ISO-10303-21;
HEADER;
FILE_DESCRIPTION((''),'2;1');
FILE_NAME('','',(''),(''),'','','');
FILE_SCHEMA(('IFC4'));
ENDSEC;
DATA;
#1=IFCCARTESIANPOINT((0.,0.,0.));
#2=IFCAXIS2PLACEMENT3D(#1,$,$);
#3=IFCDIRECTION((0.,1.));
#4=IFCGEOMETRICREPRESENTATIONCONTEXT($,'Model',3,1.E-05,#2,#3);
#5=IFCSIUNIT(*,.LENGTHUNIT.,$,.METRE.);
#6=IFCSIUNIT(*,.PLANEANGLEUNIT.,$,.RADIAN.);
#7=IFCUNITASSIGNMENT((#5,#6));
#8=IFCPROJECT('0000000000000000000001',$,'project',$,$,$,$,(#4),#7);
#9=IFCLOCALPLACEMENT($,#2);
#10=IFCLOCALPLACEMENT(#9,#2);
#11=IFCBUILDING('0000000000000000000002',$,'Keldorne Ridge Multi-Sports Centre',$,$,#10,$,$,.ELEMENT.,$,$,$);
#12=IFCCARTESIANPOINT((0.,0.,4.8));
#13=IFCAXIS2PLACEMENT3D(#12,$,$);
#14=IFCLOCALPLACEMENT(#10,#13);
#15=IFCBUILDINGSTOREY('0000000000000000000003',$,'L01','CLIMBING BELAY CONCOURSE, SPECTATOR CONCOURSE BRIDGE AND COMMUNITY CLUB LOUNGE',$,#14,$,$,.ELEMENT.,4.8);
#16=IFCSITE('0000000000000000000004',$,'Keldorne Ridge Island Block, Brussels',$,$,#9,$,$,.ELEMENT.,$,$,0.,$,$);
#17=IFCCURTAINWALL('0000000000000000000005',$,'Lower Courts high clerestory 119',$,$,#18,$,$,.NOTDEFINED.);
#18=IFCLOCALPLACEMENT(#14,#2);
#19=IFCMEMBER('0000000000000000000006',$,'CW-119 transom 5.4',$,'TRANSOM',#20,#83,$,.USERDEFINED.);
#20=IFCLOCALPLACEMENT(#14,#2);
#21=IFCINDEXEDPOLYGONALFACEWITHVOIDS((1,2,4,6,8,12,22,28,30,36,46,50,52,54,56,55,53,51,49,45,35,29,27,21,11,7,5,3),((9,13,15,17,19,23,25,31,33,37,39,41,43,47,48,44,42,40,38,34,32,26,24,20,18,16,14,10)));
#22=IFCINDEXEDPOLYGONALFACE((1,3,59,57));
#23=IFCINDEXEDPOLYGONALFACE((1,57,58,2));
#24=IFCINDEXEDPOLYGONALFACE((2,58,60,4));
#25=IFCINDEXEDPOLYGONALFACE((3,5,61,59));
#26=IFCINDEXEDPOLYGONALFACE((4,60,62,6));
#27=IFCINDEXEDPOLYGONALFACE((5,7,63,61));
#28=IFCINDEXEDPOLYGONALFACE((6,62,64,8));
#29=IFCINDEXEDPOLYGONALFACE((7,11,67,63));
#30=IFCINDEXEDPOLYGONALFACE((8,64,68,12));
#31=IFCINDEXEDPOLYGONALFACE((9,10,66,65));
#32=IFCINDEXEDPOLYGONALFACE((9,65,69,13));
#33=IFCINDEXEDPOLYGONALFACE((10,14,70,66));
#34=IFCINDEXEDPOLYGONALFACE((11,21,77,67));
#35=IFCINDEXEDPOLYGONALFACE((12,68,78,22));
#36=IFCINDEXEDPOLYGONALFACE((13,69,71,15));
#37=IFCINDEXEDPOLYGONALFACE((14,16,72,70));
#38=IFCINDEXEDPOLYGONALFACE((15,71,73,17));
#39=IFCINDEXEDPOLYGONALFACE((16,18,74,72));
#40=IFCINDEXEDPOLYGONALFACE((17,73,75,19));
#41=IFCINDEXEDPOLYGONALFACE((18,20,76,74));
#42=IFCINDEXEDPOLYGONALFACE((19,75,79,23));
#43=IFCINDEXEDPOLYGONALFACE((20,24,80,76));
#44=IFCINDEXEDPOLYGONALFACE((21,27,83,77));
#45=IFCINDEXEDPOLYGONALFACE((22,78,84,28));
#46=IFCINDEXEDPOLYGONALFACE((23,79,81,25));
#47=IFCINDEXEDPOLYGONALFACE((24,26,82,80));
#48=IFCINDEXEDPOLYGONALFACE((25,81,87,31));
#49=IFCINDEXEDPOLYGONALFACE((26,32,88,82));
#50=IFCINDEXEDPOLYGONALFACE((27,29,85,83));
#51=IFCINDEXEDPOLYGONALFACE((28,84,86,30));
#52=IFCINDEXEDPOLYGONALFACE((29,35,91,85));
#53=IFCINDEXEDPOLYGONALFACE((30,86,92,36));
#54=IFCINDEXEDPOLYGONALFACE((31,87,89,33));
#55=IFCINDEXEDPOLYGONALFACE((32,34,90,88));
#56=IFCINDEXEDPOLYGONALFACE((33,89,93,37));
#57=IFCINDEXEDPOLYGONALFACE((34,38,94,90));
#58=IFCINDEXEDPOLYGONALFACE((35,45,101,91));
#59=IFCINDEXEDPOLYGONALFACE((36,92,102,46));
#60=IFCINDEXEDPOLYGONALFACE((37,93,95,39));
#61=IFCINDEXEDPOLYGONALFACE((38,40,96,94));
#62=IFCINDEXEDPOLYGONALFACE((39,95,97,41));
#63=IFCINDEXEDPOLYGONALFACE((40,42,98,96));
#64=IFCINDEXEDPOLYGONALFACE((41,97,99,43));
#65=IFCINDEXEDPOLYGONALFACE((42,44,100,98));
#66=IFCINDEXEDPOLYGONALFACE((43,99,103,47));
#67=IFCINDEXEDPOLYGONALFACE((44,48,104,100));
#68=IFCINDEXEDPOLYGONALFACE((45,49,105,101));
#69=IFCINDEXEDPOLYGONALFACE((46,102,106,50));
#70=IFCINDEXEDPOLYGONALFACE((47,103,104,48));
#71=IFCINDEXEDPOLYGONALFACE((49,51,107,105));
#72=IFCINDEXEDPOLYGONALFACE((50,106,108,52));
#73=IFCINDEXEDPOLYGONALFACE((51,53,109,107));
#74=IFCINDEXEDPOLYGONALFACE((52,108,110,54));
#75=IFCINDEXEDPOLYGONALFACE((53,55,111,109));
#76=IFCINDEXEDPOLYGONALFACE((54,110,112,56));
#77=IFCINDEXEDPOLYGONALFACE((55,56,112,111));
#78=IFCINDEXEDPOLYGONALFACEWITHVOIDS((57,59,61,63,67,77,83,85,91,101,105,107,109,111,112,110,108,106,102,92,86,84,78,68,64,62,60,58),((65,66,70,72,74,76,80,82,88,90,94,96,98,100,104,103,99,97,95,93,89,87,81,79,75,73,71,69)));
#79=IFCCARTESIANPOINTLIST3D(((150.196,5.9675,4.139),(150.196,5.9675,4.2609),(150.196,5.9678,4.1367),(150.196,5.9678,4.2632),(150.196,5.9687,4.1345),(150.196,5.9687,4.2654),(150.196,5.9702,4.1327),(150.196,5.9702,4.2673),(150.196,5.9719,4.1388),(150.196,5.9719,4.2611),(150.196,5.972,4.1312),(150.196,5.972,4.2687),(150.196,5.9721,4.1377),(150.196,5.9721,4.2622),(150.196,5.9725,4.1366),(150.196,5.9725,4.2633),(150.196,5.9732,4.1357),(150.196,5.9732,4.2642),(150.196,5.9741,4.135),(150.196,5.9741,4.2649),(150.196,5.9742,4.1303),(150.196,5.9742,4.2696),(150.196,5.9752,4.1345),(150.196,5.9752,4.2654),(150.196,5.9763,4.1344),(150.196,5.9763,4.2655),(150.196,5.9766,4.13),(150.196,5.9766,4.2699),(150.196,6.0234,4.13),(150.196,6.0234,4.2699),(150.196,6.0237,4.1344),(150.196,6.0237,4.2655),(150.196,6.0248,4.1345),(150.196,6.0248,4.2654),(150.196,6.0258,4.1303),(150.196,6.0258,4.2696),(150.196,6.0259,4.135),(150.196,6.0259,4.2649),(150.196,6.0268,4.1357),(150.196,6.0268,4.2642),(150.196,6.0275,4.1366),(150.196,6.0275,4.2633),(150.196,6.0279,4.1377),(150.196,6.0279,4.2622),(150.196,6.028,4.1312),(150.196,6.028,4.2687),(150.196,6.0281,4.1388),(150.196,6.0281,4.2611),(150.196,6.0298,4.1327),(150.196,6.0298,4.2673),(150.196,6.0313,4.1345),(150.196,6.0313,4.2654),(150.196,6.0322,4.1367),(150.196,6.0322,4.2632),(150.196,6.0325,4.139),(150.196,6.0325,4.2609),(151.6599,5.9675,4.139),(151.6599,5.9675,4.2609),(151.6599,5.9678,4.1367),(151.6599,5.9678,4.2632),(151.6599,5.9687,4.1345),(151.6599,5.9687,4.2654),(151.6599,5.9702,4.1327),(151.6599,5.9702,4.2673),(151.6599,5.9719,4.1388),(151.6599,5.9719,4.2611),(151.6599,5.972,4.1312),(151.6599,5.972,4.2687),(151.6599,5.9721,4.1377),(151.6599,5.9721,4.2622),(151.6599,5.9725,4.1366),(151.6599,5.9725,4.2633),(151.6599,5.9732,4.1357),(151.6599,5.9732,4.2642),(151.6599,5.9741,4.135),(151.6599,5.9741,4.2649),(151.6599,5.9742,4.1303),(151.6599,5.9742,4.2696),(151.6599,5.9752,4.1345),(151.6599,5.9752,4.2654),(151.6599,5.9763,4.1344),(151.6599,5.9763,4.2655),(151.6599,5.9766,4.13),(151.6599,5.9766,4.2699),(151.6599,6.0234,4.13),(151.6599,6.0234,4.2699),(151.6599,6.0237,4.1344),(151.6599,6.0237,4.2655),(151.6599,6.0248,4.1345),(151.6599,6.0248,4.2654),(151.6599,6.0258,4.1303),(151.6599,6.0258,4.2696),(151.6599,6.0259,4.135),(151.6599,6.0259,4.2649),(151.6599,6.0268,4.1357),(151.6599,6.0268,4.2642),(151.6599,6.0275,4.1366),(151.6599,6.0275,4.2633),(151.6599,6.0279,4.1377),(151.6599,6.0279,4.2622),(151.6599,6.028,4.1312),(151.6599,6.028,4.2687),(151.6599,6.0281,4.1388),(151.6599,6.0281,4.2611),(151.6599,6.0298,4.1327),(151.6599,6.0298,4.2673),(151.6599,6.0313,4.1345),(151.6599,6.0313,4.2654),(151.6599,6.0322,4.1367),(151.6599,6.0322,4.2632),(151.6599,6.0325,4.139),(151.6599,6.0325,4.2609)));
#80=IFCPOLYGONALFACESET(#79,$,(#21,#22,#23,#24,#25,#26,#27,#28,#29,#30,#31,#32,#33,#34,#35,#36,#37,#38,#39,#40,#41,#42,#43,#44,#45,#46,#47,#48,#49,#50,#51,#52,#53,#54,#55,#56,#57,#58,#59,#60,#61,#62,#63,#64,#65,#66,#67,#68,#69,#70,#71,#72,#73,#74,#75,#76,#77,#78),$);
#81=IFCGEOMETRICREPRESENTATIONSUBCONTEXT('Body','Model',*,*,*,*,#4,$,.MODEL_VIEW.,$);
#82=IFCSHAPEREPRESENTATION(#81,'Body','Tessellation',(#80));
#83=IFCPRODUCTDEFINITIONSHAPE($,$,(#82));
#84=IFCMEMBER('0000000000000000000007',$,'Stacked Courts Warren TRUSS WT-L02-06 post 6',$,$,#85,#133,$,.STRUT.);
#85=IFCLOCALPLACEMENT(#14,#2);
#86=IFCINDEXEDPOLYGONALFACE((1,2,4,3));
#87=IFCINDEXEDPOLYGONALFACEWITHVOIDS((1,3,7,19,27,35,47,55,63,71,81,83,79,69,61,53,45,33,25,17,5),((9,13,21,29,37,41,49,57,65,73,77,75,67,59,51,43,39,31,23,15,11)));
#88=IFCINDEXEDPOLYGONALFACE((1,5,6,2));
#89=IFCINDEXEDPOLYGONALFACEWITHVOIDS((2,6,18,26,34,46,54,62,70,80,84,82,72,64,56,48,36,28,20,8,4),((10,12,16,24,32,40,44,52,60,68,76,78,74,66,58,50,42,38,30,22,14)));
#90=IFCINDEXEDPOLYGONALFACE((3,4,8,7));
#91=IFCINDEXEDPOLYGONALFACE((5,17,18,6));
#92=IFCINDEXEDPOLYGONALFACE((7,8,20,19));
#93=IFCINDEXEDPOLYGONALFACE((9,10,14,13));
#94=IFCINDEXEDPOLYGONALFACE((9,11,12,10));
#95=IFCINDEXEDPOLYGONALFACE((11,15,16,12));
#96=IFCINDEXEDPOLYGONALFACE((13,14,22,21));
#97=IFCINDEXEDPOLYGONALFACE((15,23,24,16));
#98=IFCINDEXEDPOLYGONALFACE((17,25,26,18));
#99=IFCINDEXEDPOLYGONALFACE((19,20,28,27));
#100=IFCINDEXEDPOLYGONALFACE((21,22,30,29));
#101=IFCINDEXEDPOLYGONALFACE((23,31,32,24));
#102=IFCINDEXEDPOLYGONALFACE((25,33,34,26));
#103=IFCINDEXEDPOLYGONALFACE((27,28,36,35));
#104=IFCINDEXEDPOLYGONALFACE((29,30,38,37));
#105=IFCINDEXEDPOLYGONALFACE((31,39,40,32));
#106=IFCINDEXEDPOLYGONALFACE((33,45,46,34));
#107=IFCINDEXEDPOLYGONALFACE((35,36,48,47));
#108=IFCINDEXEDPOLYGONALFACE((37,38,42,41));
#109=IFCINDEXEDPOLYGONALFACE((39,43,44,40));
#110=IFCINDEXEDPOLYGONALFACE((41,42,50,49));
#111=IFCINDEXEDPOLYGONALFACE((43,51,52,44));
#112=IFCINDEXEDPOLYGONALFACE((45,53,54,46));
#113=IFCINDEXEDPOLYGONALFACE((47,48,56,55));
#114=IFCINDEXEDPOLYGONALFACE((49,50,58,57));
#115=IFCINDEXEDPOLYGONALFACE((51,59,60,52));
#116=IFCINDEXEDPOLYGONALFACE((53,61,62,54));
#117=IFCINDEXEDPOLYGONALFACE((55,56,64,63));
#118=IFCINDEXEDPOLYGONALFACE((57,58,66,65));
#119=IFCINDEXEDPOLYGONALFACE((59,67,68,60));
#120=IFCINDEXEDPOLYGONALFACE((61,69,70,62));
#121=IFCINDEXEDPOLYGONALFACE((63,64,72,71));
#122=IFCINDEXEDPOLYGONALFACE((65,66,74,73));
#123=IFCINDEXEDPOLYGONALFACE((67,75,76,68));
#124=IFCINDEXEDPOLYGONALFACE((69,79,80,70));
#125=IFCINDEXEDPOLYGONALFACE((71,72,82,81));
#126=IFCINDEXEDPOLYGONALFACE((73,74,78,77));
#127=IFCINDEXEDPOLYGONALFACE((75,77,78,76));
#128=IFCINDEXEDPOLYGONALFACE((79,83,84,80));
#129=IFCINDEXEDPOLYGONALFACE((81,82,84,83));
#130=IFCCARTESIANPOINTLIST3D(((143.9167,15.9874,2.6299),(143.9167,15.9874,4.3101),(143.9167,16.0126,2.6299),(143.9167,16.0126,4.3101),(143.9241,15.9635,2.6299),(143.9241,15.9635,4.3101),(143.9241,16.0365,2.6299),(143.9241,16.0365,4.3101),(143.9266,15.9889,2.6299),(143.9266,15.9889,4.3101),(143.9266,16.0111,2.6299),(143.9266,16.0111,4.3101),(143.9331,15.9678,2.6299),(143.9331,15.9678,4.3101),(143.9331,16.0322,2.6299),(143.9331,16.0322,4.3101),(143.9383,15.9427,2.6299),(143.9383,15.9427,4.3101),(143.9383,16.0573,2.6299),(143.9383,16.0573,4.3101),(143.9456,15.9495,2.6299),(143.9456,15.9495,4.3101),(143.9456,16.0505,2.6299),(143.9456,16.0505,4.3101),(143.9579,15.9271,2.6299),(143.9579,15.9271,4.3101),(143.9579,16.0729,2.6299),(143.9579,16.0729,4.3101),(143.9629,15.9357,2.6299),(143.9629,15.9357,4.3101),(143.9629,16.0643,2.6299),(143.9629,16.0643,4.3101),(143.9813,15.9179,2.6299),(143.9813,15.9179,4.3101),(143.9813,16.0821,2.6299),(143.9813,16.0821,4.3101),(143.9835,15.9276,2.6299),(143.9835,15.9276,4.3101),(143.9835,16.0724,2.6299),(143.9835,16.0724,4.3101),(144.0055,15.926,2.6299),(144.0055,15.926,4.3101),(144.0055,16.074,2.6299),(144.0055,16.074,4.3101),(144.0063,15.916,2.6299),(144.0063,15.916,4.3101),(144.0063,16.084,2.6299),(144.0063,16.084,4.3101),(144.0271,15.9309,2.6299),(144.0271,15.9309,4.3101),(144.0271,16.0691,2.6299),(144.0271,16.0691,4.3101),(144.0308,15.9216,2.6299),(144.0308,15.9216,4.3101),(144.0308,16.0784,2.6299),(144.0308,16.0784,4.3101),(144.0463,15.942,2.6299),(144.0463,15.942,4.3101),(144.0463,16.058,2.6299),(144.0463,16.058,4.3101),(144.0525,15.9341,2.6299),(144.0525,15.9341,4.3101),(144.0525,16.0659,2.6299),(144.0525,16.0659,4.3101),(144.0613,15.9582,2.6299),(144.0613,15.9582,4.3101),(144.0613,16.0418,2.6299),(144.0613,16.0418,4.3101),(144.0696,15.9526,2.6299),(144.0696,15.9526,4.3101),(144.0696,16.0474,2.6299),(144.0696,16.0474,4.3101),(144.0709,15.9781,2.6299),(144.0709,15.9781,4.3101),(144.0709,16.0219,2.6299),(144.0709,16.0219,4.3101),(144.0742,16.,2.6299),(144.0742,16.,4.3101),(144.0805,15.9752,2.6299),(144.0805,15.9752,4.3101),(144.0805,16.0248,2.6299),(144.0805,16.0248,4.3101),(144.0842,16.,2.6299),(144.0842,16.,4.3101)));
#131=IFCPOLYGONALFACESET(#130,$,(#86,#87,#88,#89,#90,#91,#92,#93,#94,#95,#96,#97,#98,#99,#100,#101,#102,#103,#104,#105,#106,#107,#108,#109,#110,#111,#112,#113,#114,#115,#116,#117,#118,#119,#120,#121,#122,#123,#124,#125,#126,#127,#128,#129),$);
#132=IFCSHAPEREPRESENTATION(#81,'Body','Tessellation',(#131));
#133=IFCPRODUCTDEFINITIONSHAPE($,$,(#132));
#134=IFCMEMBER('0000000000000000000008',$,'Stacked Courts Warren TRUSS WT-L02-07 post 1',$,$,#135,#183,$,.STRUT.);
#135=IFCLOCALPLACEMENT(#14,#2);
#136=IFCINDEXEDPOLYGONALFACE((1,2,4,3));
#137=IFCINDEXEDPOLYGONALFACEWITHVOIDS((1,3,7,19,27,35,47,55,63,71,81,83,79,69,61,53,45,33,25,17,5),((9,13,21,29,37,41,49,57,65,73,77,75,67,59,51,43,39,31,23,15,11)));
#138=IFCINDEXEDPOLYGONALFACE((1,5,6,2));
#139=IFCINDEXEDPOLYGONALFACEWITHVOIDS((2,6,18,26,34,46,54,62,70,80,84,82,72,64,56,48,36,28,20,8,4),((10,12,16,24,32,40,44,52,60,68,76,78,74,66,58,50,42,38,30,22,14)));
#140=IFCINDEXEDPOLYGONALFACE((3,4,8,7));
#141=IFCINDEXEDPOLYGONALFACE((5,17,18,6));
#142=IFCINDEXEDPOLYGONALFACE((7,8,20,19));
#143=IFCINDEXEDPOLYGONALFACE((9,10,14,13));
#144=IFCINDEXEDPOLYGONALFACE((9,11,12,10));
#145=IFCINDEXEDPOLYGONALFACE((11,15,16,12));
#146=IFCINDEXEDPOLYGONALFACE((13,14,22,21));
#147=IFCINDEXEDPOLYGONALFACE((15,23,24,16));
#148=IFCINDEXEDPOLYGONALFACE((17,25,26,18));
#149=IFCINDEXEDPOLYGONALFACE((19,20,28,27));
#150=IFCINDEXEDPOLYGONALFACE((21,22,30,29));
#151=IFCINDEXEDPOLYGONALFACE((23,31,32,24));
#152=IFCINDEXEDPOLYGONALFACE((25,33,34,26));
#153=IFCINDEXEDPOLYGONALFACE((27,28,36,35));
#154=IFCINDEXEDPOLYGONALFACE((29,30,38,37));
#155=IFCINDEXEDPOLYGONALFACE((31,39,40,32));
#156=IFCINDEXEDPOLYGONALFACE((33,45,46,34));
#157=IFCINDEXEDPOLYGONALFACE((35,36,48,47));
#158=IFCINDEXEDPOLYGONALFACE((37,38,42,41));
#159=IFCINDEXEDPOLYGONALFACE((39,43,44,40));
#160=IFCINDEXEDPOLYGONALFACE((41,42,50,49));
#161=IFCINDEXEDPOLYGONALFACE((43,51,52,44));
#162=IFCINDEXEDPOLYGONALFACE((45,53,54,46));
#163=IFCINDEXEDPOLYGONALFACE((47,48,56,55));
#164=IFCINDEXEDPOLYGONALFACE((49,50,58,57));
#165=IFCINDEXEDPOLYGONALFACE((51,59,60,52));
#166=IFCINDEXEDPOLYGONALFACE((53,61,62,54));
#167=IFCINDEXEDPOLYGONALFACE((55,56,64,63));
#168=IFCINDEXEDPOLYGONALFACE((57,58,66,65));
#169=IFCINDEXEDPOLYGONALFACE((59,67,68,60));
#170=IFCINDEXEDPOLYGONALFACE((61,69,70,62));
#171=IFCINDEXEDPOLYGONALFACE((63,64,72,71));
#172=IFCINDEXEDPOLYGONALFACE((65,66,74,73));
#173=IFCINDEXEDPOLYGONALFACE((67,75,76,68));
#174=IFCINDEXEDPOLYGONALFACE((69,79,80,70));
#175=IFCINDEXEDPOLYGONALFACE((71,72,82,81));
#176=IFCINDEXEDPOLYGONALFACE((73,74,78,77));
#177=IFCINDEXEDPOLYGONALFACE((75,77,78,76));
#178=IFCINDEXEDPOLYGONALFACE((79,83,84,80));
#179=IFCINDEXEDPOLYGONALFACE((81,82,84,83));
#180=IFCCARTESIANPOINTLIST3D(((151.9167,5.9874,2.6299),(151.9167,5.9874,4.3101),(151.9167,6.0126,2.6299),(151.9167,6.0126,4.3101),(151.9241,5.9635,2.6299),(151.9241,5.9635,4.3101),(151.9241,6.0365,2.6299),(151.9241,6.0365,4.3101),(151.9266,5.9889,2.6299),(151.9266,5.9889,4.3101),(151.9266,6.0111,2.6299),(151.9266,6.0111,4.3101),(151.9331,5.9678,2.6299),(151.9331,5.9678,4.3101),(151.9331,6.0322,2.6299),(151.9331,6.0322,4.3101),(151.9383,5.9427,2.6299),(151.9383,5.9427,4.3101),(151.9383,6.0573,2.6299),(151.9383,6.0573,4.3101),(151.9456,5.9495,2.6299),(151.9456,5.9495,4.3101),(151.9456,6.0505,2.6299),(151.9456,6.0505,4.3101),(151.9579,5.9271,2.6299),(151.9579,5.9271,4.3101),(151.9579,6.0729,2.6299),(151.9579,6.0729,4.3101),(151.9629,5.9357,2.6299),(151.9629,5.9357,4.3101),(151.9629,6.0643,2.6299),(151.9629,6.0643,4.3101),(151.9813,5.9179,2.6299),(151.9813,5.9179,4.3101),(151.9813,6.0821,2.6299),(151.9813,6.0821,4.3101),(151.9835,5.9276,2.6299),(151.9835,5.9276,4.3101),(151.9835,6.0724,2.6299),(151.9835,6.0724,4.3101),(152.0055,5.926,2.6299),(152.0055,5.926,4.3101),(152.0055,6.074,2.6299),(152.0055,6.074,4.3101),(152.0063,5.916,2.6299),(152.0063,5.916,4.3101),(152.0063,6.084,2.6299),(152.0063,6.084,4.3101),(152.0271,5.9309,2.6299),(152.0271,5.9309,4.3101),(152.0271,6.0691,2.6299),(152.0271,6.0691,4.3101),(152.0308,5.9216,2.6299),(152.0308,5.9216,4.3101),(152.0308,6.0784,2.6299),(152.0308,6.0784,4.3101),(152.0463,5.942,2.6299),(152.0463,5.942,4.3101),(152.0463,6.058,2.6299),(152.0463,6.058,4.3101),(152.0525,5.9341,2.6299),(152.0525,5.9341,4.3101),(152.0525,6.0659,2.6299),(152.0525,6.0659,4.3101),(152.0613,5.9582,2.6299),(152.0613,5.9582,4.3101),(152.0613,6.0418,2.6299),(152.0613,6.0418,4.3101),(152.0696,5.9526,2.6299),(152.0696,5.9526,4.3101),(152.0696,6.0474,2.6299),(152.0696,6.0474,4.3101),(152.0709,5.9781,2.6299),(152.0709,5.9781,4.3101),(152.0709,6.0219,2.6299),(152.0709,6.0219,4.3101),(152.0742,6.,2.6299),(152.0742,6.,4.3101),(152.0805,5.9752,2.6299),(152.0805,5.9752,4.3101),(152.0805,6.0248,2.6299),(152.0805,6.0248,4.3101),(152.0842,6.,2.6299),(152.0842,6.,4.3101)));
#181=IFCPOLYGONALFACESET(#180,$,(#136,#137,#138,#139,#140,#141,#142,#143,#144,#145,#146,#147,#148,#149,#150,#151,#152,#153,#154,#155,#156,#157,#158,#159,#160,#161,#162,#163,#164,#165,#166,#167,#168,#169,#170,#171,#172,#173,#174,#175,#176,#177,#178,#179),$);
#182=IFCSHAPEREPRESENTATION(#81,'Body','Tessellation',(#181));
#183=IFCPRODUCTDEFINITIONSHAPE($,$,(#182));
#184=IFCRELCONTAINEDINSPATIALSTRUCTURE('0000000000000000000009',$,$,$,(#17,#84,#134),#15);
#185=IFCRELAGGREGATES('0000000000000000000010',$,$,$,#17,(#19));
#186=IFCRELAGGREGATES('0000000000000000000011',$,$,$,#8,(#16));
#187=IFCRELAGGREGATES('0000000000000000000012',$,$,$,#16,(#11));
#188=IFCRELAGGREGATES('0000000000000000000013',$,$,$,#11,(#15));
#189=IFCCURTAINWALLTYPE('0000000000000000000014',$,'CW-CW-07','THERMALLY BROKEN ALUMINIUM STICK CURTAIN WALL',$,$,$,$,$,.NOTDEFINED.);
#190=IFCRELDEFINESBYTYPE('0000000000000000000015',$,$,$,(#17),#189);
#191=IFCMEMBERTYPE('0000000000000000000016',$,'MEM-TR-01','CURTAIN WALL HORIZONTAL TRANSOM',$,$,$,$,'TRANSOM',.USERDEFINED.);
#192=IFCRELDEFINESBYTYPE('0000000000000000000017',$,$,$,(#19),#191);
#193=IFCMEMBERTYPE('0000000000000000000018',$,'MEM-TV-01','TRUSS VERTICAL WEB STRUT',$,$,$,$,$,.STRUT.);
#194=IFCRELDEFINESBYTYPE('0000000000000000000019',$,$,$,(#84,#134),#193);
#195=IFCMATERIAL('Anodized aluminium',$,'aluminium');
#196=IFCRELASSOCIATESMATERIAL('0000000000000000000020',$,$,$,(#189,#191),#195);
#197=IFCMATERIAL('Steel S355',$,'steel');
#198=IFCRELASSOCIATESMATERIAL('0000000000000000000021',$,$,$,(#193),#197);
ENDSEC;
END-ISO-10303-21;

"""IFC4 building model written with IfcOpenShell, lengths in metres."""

from ifc_helpers import new_model, si_unit, direction, frame, origin, origin_2d, place, context, subcontext, project, spatial, hollow_rectangle, hollow_circle, extrude, material, material_profile, profile_set, type_object, element, aggregate, save


model = new_model("IFC4")

# Units and contexts
model_context = context("Model", 3, precision=1e-05, world=origin(), true_north=direction((0.0, 1.0)))
body_context = subcontext(model_context, "Body", "Model", "MODEL_VIEW")
ifc_project = project(units=[si_unit("LENGTHUNIT", "METRE"), si_unit("PLANEANGLEUNIT", "RADIAN")], contexts=[model_context])

# Site, building, storey
site_placement = place(None, origin())
site = spatial("IfcSite", under=ifc_project, at=site_placement, Name="Keldorne Ridge Island Block, Brussels", CompositionType="ELEMENT", RefElevation=0.0)
building_placement = place(site_placement, origin())
building = spatial("IfcBuilding", under=site, at=building_placement, Name="Keldorne Ridge Multi-Sports Centre", CompositionType="ELEMENT")
storey_placement = place(building_placement, frame((0.0, 0.0, 4.8)))
storey = spatial("IfcBuildingStorey", under=building, at=storey_placement, Name="L01", Description="CLIMBING BELAY CONCOURSE, SPECTATOR CONCOURSE BRIDGE AND COMMUNITY CLUB LOUNGE", CompositionType="ELEMENT", Elevation=4.8)

# Shared definitions
ifc_material_1 = material(Name="Steel S355", Category="steel")

# Curtain wall
ifc_material_2 = material(Name="Anodized aluminium", Category="aluminium")
curtain_wall_type = type_object("IfcCurtainWallType", Name="CW-CW-07", Description="THERMALLY BROKEN ALUMINIUM STICK CURTAIN WALL", PredefinedType="NOTDEFINED", material=ifc_material_2)
curtain_wall_placement = place(storey_placement, origin())
curtain_wall = element("IfcCurtainWall", 1, at=curtain_wall_placement, inside=storey, type_object=curtain_wall_type, Name="Lower Courts high clerestory 119", PredefinedType="NOTDEFINED")

# Member
ifc_material_profile_1 = material_profile(ifc_material_2, hollow_rectangle(XDim=0.0649, YDim=0.1399, WallThickness=0.0044, InnerFilletRadius=0.0044, OuterFilletRadius=0.009, at=origin_2d()), Name="ALU TRANSOM 140x65x4.5")
ifc_profile_set_1 = profile_set([ifc_material_profile_1], Name="Anodized aluminium")
member_type_1 = type_object("IfcMemberType", Name="MEM-TR-01", Description="CURTAIN WALL HORIZONTAL TRANSOM", ElementType="TRANSOM", PredefinedType="USERDEFINED", material=ifc_profile_set_1)
member_1_placement = place(storey_placement, frame((150.196, 6.0, 4.2), z_axis=(1.0, 0.0, 0.0), x_axis=(0.0, 1.0, 0.0)))
member_1 = element("IfcMember", 2, at=member_1_placement, type_object=member_type_1, Name="CW-119 transom 5.4", ObjectType="TRANSOM", PredefinedType="USERDEFINED", context=body_context, shape_type="SweptSolid", body=[
    extrude(hollow_rectangle(XDim=0.0649, YDim=0.1399, WallThickness=0.0044, InnerFilletRadius=0.0044, OuterFilletRadius=0.009, at=origin_2d()), origin(), (0.0, 0.0, 1.0), 1.4639),
])

# Members
ifc_material_profile_2 = material_profile(ifc_material_1, hollow_circle(Radius=0.0842, WallThickness=0.01, at=origin_2d()), Name="CHS 168.3x10")
ifc_profile_set_2 = profile_set([ifc_material_profile_2], Name="Steel S355")
member_type_2 = type_object("IfcMemberType", Name="MEM-TV-01", Description="TRUSS VERTICAL WEB STRUT", PredefinedType="STRUT", material=ifc_profile_set_2)
for number, where, z_axis, x_axis, name in (
    (3, (144.0, 16.0, 2.6299), (0.0, 0.0, 1.0), (1.0, 0.0, 0.0), "Stacked Courts Warren TRUSS WT-L02-06 post 6"),
    (4, (152.0, 6.0, 2.6299), (0.0, 0.0, 1.0), (1.0, 0.0, 0.0), "Stacked Courts Warren TRUSS WT-L02-07 post 1"),
):
    element("IfcMember", number, at=place(storey_placement, frame(where, z_axis=z_axis, x_axis=x_axis)), inside=storey, type_object=member_type_2, Name=name, PredefinedType="STRUT", context=body_context, shape_type="SweptSolid", body=[
        extrude(hollow_circle(Radius=0.0842, WallThickness=0.01, at=origin_2d()), origin(), (0.0, 0.0, 1.0), 1.6802),
    ])

aggregate(curtain_wall, [member_1])

save(model, "model.ifc")
